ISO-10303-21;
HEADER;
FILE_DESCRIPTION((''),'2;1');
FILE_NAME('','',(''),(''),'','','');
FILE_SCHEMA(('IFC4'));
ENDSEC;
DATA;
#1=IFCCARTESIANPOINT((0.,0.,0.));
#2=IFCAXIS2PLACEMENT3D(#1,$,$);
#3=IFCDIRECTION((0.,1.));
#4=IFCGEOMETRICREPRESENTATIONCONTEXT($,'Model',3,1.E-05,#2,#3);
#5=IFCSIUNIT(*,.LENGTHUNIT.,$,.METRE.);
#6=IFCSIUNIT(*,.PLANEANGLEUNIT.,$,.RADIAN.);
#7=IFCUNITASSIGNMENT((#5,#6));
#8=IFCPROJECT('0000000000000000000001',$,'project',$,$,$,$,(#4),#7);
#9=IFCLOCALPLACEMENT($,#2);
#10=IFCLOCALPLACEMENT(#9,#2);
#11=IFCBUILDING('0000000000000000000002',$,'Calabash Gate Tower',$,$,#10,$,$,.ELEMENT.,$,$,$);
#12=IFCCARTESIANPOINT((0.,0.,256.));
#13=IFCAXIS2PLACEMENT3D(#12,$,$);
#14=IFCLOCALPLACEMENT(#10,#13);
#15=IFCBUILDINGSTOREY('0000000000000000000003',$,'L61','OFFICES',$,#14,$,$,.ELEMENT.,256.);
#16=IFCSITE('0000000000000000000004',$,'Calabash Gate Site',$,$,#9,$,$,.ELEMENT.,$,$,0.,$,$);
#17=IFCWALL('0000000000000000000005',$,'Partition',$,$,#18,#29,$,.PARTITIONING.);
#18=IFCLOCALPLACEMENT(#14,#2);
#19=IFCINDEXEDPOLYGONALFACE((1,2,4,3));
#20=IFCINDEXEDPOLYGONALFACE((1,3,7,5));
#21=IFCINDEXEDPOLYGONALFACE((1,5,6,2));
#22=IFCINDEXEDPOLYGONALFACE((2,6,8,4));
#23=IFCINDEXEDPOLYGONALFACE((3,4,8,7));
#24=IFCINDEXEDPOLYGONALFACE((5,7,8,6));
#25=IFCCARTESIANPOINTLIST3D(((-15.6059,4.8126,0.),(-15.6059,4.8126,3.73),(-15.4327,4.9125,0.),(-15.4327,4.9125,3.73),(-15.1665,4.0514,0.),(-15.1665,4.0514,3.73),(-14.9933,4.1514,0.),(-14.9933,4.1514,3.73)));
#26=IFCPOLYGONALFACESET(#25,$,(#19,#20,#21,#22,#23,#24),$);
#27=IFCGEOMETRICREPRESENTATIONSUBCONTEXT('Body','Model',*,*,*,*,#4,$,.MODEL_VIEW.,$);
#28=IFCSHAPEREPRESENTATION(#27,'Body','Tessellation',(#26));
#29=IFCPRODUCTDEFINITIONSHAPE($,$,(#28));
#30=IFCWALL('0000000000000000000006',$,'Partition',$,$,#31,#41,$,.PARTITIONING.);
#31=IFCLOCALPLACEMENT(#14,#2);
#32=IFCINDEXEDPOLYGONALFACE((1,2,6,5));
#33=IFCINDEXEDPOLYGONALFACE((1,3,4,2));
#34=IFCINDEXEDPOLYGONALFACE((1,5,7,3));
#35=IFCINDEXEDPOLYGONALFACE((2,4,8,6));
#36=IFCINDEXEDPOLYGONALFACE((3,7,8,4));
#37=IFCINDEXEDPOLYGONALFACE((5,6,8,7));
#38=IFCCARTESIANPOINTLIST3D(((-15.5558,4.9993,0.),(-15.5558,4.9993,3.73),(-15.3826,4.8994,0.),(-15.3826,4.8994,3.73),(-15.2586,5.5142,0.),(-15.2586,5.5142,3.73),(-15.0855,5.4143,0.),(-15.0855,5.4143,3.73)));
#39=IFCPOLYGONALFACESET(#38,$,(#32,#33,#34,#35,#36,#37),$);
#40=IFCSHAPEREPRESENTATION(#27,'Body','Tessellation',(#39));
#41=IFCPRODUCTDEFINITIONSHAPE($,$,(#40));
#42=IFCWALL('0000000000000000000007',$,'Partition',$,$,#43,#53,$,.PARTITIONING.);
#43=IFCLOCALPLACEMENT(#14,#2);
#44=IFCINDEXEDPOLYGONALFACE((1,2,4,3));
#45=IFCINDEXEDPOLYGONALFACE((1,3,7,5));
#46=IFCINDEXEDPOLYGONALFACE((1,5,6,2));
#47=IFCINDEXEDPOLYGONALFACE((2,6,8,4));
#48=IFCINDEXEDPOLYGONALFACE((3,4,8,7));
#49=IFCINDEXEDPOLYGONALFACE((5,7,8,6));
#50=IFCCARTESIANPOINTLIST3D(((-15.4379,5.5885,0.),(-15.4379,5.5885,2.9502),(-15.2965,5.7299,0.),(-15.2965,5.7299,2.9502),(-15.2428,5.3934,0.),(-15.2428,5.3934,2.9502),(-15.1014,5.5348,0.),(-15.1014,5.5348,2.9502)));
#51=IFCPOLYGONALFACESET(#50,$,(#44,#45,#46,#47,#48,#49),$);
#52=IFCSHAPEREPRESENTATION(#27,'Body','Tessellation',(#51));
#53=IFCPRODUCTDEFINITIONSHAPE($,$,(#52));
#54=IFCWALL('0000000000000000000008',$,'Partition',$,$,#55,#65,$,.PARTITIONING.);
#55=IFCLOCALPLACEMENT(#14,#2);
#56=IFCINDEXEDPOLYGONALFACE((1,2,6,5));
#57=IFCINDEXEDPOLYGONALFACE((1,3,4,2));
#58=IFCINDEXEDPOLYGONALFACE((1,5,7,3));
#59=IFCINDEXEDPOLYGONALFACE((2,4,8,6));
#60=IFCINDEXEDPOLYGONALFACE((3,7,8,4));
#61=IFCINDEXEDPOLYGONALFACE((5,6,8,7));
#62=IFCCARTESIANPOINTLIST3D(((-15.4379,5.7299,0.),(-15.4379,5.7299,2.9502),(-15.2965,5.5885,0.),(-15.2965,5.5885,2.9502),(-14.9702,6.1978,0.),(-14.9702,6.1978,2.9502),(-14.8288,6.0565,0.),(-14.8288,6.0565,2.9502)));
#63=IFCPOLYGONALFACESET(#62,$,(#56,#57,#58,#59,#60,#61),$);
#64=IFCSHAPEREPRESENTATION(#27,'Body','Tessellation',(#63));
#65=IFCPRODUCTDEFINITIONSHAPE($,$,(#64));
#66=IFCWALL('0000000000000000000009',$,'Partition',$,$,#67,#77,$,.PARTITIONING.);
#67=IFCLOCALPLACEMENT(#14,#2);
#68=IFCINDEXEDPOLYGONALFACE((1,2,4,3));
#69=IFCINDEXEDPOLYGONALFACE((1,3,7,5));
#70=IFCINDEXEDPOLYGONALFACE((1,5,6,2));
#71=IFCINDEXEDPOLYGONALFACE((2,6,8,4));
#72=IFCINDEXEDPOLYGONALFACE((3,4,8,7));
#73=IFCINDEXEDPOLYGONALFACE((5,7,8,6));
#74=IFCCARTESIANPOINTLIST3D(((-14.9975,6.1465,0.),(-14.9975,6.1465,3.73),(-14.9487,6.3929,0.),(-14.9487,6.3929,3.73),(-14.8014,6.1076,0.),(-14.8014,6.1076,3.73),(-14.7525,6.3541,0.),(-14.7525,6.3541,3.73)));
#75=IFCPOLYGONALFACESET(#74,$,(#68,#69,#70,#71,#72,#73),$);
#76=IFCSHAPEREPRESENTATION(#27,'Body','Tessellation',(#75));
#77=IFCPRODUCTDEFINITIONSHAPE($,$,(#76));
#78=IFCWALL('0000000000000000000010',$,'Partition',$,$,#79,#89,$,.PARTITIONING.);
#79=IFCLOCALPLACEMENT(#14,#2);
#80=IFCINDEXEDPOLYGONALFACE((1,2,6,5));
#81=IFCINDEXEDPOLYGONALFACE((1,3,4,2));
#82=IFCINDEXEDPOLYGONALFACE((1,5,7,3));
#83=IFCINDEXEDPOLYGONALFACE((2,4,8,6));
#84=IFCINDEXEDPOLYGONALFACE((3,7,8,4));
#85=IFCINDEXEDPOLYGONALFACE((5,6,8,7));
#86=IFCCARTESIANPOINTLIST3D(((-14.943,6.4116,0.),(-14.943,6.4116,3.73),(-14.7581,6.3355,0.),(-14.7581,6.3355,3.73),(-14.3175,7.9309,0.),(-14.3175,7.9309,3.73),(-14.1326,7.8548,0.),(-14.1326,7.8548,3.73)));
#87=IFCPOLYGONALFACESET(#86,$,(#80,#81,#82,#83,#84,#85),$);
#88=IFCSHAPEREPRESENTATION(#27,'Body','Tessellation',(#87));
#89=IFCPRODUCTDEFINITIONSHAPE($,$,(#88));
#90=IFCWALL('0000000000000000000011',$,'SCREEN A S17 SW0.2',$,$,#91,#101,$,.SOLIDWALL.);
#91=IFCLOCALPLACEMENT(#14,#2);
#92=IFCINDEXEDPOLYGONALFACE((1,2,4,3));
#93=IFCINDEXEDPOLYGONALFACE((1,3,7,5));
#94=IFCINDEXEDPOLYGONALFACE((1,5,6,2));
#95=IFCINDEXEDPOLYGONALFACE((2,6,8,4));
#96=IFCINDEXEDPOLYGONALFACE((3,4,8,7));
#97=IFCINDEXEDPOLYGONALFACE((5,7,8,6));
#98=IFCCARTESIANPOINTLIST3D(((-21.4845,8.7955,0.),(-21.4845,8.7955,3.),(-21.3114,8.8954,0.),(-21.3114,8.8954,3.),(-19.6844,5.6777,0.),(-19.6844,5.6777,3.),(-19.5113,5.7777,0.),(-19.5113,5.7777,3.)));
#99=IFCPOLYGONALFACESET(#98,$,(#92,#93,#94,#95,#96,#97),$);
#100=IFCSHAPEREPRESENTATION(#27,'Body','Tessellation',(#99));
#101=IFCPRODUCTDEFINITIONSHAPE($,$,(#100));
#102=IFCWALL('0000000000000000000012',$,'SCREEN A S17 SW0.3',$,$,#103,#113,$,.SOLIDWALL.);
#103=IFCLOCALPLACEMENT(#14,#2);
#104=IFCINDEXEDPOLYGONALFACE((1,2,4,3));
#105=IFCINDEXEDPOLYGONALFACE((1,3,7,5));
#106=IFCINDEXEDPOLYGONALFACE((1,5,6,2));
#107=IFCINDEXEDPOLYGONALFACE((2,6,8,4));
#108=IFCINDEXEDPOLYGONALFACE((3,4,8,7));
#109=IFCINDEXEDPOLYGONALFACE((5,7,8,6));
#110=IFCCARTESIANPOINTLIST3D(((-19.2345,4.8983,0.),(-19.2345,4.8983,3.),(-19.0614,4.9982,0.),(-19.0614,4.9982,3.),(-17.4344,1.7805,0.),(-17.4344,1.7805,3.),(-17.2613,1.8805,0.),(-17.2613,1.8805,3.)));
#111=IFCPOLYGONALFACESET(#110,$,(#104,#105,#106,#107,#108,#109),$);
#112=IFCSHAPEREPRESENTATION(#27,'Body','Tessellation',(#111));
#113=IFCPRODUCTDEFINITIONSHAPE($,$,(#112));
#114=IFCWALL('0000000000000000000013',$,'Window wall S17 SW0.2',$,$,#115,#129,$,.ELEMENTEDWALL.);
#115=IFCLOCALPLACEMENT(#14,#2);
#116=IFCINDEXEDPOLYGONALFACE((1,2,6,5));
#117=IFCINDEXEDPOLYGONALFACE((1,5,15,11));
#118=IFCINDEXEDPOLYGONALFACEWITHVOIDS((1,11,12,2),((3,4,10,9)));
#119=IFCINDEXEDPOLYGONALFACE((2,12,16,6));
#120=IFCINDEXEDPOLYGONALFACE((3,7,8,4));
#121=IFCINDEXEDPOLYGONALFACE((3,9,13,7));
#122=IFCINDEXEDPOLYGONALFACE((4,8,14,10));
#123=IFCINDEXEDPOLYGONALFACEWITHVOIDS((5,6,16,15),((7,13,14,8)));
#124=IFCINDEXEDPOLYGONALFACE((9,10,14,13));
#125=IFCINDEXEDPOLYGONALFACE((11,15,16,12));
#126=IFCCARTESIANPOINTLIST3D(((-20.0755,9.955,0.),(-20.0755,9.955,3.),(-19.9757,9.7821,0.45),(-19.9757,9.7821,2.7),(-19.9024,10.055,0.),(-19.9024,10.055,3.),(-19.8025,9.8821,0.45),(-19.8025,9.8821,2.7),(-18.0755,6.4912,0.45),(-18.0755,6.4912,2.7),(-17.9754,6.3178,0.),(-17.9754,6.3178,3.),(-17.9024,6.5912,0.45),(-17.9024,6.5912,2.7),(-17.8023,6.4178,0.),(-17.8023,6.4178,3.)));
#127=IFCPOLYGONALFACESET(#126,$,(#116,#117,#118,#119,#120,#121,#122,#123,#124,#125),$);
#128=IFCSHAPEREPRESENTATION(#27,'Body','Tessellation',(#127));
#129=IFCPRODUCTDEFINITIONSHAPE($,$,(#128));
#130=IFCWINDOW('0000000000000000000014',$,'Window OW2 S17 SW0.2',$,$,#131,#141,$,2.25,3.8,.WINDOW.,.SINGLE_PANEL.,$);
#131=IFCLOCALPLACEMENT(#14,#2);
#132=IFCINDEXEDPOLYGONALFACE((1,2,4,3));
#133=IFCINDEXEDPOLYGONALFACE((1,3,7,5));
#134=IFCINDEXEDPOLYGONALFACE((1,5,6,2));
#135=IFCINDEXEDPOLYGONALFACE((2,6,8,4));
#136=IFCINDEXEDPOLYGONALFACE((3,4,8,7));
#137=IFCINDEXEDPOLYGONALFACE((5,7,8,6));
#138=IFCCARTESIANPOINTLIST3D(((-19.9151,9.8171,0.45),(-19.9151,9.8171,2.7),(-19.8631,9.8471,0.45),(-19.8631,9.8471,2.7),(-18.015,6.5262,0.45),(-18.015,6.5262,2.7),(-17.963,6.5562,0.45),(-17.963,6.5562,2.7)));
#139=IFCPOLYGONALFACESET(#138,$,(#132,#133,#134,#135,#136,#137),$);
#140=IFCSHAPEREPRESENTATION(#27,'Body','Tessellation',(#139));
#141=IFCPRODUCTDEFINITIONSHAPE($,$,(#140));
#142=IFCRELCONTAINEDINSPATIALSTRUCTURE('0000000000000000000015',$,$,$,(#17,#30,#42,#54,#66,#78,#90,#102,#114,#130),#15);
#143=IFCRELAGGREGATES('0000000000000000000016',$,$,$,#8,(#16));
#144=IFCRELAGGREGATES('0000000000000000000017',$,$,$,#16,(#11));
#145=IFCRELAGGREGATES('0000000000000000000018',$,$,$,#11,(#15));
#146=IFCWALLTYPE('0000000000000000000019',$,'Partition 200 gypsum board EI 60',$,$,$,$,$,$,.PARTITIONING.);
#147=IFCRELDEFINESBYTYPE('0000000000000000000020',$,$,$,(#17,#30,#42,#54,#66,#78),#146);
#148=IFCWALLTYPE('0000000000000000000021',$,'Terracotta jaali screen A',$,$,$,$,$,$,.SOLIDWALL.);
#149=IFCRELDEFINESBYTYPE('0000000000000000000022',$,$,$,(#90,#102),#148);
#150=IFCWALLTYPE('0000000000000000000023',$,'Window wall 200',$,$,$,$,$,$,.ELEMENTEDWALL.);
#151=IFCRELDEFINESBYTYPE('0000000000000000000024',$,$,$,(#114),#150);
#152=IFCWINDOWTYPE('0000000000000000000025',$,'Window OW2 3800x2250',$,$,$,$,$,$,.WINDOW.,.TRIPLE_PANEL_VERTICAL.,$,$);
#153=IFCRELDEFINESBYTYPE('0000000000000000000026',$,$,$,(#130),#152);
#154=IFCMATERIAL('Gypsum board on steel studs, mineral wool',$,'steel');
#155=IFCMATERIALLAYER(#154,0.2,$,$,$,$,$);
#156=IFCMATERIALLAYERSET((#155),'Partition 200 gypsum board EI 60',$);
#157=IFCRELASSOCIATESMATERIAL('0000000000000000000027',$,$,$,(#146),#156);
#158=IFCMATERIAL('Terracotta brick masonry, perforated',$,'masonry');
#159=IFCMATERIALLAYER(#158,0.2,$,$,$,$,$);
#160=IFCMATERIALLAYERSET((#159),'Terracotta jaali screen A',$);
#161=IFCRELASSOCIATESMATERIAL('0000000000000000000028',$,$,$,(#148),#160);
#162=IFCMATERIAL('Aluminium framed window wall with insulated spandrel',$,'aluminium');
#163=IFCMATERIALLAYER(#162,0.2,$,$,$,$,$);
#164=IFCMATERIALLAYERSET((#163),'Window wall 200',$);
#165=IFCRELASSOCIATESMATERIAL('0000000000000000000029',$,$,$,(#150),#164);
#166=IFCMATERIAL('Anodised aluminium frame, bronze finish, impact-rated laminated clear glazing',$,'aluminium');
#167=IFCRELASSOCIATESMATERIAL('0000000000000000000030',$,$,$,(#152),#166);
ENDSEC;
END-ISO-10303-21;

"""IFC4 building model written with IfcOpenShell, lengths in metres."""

from ifc_helpers import new_model, si_unit, direction, frame, frame_2d, origin, place, context, subcontext, project, spatial, rectangle, extrude, material, layer, layer_set, type_object, element, fill, save


model = new_model("IFC4")

# Units and contexts
model_context = context("Model", 3, precision=1e-05, world=origin(), true_north=direction((0.0, 1.0)))
body_context = subcontext(model_context, "Body", "Model", "MODEL_VIEW")
ifc_project = project(units=[si_unit("LENGTHUNIT", "METRE"), si_unit("PLANEANGLEUNIT", "RADIAN")], contexts=[model_context])

# Site, building, storey
site_placement = place(None, origin())
site = spatial("IfcSite", under=ifc_project, at=site_placement, Name="Calabash Gate Site", CompositionType="ELEMENT", RefElevation=0.0)
building_placement = place(site_placement, origin())
building = spatial("IfcBuilding", under=site, at=building_placement, Name="Calabash Gate Tower", CompositionType="ELEMENT")
storey_placement = place(building_placement, frame((0.0, 0.0, 256.0)))
storey = spatial("IfcBuildingStorey", under=building, at=storey_placement, Name="L61", Description="OFFICES", CompositionType="ELEMENT", Elevation=256.0)

# Walls
ifc_material_1 = material(Name="Gypsum board on steel studs, mineral wool", Category="steel")
ifc_layer_1 = layer(ifc_material_1, 0.2)
ifc_layer_set_1 = layer_set([ifc_layer_1], Name="Partition 200 gypsum board EI 60")
wall_type_1 = type_object("IfcWallType", Name="Partition 200 gypsum board EI 60", PredefinedType="PARTITIONING", material=ifc_layer_set_1)
wall_1_placement = place(storey_placement, frame((-15.5193, 4.8625, 0.0), z_axis=(0.0, 0.0, 1.0), x_axis=(0.499963, -0.866047, 0.0)))
element("IfcWall", 1, at=wall_1_placement, inside=storey, type_object=wall_type_1, Name="Partition", PredefinedType="PARTITIONING", context=body_context, shape_type="SweptSolid", body=[
    extrude(rectangle(XDim=0.8789, YDim=0.2, at=frame_2d((0.4395, 0.0))), origin(), (0.0, 0.0, 1.0), 3.73),
])
wall_2_placement = place(storey_placement, frame((-15.4692, 4.9492, 0.0), z_axis=(0.0, 0.0, 1.0), x_axis=(0.499805, 0.866138, 0.0)))
element("IfcWall", 2, at=wall_2_placement, inside=storey, type_object=wall_type_1, Name="Partition", PredefinedType="PARTITIONING", context=body_context, shape_type="SweptSolid", body=[
    extrude(rectangle(XDim=0.5945, YDim=0.2, at=frame_2d((0.2974, 0.0))), origin(), (0.0, 0.0, 1.0), 3.73),
])
wall_3_placement = place(storey_placement, frame((-15.3672, 5.6592, 0.0), z_axis=(0.0, 0.0, 1.0), x_axis=(0.707107, -0.707107, 0.0)))
element("IfcWall", 3, at=wall_3_placement, inside=storey, type_object=wall_type_1, Name="Partition", PredefinedType="PARTITIONING", context=body_context, shape_type="SweptSolid", body=[
    extrude(rectangle(XDim=0.2759, YDim=0.2, at=frame_2d((0.1379, 0.0))), origin(), (0.0, 0.0, 1.0), 2.9502),
])
wall_4_placement = place(storey_placement, frame((-15.3672, 5.6592, 0.0), z_axis=(0.0, 0.0, 1.0), x_axis=(0.706922, 0.707291, 0.0)))
element("IfcWall", 4, at=wall_4_placement, inside=storey, type_object=wall_type_1, Name="Partition", PredefinedType="PARTITIONING", context=body_context, shape_type="SweptSolid", body=[
    extrude(rectangle(XDim=0.6616, YDim=0.2, at=frame_2d((0.3308, 0.0))), origin(), (0.0, 0.0, 1.0), 2.9502),
])
wall_5_placement = place(storey_placement, frame((-14.8994, 6.1272, 0.0), z_axis=(0.0, 0.0, 1.0), x_axis=(0.194433, 0.980916, 0.0)))
element("IfcWall", 5, at=wall_5_placement, inside=storey, type_object=wall_type_1, Name="Partition", PredefinedType="PARTITIONING", context=body_context, shape_type="SweptSolid", body=[
    extrude(rectangle(XDim=0.2512, YDim=0.2, at=frame_2d((0.1255, 0.0))), origin(), (0.0, 0.0, 1.0), 3.73),
])
wall_6_placement = place(storey_placement, frame((-14.8506, 6.3735, 0.0), z_axis=(0.0, 0.0, 1.0), x_axis=(0.380697, 0.9247, 0.0)))
element("IfcWall", 6, at=wall_6_placement, inside=storey, type_object=wall_type_1, Name="Partition", PredefinedType="PARTITIONING", context=body_context, shape_type="SweptSolid", body=[
    extrude(rectangle(XDim=1.6431, YDim=0.2, at=frame_2d((0.8215, 0.0))), origin(), (0.0, 0.0, 1.0), 3.73),
])
ifc_material_2 = material(Name="Terracotta brick masonry, perforated", Category="masonry")
ifc_layer_2 = layer(ifc_material_2, 0.2)
ifc_layer_set_2 = layer_set([ifc_layer_2], Name="Terracotta jaali screen A")
wall_type_2 = type_object("IfcWallType", Name="Terracotta jaali screen A", PredefinedType="SOLIDWALL", material=ifc_layer_set_2)
for number, where, z_axis, x_axis, name in (
    (7, (-21.3979, 8.8455, 0.0), (0.0, 0.0, 1.0), (0.500012, -0.866018, 0.0), "SCREEN A S17 SW0.2"),
    (8, (-19.1479, 4.9482, 0.0), (0.0, 0.0, 1.0), (0.500012, -0.866018, 0.0), "SCREEN A S17 SW0.3"),
):
    element("IfcWall", number, at=place(storey_placement, frame(where, z_axis=z_axis, x_axis=x_axis)), inside=storey, type_object=wall_type_2, Name=name, PredefinedType="SOLIDWALL", context=body_context, shape_type="SweptSolid", body=[
        extrude(rectangle(XDim=3.6001, YDim=0.2, at=frame_2d((1.8, 0.0))), origin(), (0.0, 0.0, 1.0), 3.0),
    ])

# Wall, opening, window
ifc_material_3 = material(Name="Aluminium framed window wall with insulated spandrel", Category="aluminium")
ifc_layer_3 = layer(ifc_material_3, 0.2)
ifc_layer_set_3 = layer_set([ifc_layer_3], Name="Window wall 200")
wall_type_3 = type_object("IfcWallType", Name="Window wall 200", PredefinedType="ELEMENTEDWALL", material=ifc_layer_set_3)
wall_7_placement = place(storey_placement, frame((-19.989, 10.0051, 0.0), z_axis=(0.0, 0.0, 1.0), x_axis=(0.500028, -0.866009, 0.0)))
wall_7 = element("IfcWall", 9, at=wall_7_placement, inside=storey, type_object=wall_type_3, Name="Window wall S17 SW0.2", PredefinedType="ELEMENTEDWALL", context=body_context, shape_type="SweptSolid", body=[
    extrude(rectangle(XDim=4.2, YDim=0.2, at=frame_2d((2.1001, 0.0))), origin(), (0.0, 0.0, 1.0), 3.0),
])
opening_1_placement = place(wall_7_placement, frame((0.2, 0.0, 0.45)))
opening_1 = element("IfcOpeningElement", 10, at=opening_1_placement, cuts=wall_7, PredefinedType="OPENING", context=body_context, shape_type="SweptSolid", body=[
    extrude(rectangle(XDim=3.8, YDim=2.25, at=frame_2d((1.8999, 1.125))), frame((0.0, 0.1099, 0.0), z_axis=(0.0, -1.0, 0.0), x_axis=(1.0, 0.0, 0.0)), (0.0, 0.0, 1.0), 0.22),
])
ifc_material_4 = material(Name="Anodised aluminium frame, bronze finish, impact-rated laminated clear glazing", Category="aluminium")
window_type_1 = type_object("IfcWindowType", Name="Window OW2 3800x2250", PartitioningType="TRIPLE_PANEL_VERTICAL", PredefinedType="WINDOW", material=ifc_material_4)
window_1_placement = place(opening_1_placement, origin())
window_1 = element("IfcWindow", 11, at=window_1_placement, inside=storey, type_object=window_type_1, Name="Window OW2 S17 SW0.2", OverallHeight=2.25, OverallWidth=3.8, PartitioningType="SINGLE_PANEL", PredefinedType="WINDOW", context=body_context, shape_type="SweptSolid", body=[
    extrude(rectangle(XDim=3.8, YDim=2.25, at=frame_2d((1.8999, 1.125))), frame((0.0, 0.03, 0.0), z_axis=(0.0, -1.0, 0.0), x_axis=(1.0, 0.0, 0.0)), (0.0, 0.0, 1.0), 0.0601),
])
fill(opening_1, window_1)

save(model, "model.ifc")
